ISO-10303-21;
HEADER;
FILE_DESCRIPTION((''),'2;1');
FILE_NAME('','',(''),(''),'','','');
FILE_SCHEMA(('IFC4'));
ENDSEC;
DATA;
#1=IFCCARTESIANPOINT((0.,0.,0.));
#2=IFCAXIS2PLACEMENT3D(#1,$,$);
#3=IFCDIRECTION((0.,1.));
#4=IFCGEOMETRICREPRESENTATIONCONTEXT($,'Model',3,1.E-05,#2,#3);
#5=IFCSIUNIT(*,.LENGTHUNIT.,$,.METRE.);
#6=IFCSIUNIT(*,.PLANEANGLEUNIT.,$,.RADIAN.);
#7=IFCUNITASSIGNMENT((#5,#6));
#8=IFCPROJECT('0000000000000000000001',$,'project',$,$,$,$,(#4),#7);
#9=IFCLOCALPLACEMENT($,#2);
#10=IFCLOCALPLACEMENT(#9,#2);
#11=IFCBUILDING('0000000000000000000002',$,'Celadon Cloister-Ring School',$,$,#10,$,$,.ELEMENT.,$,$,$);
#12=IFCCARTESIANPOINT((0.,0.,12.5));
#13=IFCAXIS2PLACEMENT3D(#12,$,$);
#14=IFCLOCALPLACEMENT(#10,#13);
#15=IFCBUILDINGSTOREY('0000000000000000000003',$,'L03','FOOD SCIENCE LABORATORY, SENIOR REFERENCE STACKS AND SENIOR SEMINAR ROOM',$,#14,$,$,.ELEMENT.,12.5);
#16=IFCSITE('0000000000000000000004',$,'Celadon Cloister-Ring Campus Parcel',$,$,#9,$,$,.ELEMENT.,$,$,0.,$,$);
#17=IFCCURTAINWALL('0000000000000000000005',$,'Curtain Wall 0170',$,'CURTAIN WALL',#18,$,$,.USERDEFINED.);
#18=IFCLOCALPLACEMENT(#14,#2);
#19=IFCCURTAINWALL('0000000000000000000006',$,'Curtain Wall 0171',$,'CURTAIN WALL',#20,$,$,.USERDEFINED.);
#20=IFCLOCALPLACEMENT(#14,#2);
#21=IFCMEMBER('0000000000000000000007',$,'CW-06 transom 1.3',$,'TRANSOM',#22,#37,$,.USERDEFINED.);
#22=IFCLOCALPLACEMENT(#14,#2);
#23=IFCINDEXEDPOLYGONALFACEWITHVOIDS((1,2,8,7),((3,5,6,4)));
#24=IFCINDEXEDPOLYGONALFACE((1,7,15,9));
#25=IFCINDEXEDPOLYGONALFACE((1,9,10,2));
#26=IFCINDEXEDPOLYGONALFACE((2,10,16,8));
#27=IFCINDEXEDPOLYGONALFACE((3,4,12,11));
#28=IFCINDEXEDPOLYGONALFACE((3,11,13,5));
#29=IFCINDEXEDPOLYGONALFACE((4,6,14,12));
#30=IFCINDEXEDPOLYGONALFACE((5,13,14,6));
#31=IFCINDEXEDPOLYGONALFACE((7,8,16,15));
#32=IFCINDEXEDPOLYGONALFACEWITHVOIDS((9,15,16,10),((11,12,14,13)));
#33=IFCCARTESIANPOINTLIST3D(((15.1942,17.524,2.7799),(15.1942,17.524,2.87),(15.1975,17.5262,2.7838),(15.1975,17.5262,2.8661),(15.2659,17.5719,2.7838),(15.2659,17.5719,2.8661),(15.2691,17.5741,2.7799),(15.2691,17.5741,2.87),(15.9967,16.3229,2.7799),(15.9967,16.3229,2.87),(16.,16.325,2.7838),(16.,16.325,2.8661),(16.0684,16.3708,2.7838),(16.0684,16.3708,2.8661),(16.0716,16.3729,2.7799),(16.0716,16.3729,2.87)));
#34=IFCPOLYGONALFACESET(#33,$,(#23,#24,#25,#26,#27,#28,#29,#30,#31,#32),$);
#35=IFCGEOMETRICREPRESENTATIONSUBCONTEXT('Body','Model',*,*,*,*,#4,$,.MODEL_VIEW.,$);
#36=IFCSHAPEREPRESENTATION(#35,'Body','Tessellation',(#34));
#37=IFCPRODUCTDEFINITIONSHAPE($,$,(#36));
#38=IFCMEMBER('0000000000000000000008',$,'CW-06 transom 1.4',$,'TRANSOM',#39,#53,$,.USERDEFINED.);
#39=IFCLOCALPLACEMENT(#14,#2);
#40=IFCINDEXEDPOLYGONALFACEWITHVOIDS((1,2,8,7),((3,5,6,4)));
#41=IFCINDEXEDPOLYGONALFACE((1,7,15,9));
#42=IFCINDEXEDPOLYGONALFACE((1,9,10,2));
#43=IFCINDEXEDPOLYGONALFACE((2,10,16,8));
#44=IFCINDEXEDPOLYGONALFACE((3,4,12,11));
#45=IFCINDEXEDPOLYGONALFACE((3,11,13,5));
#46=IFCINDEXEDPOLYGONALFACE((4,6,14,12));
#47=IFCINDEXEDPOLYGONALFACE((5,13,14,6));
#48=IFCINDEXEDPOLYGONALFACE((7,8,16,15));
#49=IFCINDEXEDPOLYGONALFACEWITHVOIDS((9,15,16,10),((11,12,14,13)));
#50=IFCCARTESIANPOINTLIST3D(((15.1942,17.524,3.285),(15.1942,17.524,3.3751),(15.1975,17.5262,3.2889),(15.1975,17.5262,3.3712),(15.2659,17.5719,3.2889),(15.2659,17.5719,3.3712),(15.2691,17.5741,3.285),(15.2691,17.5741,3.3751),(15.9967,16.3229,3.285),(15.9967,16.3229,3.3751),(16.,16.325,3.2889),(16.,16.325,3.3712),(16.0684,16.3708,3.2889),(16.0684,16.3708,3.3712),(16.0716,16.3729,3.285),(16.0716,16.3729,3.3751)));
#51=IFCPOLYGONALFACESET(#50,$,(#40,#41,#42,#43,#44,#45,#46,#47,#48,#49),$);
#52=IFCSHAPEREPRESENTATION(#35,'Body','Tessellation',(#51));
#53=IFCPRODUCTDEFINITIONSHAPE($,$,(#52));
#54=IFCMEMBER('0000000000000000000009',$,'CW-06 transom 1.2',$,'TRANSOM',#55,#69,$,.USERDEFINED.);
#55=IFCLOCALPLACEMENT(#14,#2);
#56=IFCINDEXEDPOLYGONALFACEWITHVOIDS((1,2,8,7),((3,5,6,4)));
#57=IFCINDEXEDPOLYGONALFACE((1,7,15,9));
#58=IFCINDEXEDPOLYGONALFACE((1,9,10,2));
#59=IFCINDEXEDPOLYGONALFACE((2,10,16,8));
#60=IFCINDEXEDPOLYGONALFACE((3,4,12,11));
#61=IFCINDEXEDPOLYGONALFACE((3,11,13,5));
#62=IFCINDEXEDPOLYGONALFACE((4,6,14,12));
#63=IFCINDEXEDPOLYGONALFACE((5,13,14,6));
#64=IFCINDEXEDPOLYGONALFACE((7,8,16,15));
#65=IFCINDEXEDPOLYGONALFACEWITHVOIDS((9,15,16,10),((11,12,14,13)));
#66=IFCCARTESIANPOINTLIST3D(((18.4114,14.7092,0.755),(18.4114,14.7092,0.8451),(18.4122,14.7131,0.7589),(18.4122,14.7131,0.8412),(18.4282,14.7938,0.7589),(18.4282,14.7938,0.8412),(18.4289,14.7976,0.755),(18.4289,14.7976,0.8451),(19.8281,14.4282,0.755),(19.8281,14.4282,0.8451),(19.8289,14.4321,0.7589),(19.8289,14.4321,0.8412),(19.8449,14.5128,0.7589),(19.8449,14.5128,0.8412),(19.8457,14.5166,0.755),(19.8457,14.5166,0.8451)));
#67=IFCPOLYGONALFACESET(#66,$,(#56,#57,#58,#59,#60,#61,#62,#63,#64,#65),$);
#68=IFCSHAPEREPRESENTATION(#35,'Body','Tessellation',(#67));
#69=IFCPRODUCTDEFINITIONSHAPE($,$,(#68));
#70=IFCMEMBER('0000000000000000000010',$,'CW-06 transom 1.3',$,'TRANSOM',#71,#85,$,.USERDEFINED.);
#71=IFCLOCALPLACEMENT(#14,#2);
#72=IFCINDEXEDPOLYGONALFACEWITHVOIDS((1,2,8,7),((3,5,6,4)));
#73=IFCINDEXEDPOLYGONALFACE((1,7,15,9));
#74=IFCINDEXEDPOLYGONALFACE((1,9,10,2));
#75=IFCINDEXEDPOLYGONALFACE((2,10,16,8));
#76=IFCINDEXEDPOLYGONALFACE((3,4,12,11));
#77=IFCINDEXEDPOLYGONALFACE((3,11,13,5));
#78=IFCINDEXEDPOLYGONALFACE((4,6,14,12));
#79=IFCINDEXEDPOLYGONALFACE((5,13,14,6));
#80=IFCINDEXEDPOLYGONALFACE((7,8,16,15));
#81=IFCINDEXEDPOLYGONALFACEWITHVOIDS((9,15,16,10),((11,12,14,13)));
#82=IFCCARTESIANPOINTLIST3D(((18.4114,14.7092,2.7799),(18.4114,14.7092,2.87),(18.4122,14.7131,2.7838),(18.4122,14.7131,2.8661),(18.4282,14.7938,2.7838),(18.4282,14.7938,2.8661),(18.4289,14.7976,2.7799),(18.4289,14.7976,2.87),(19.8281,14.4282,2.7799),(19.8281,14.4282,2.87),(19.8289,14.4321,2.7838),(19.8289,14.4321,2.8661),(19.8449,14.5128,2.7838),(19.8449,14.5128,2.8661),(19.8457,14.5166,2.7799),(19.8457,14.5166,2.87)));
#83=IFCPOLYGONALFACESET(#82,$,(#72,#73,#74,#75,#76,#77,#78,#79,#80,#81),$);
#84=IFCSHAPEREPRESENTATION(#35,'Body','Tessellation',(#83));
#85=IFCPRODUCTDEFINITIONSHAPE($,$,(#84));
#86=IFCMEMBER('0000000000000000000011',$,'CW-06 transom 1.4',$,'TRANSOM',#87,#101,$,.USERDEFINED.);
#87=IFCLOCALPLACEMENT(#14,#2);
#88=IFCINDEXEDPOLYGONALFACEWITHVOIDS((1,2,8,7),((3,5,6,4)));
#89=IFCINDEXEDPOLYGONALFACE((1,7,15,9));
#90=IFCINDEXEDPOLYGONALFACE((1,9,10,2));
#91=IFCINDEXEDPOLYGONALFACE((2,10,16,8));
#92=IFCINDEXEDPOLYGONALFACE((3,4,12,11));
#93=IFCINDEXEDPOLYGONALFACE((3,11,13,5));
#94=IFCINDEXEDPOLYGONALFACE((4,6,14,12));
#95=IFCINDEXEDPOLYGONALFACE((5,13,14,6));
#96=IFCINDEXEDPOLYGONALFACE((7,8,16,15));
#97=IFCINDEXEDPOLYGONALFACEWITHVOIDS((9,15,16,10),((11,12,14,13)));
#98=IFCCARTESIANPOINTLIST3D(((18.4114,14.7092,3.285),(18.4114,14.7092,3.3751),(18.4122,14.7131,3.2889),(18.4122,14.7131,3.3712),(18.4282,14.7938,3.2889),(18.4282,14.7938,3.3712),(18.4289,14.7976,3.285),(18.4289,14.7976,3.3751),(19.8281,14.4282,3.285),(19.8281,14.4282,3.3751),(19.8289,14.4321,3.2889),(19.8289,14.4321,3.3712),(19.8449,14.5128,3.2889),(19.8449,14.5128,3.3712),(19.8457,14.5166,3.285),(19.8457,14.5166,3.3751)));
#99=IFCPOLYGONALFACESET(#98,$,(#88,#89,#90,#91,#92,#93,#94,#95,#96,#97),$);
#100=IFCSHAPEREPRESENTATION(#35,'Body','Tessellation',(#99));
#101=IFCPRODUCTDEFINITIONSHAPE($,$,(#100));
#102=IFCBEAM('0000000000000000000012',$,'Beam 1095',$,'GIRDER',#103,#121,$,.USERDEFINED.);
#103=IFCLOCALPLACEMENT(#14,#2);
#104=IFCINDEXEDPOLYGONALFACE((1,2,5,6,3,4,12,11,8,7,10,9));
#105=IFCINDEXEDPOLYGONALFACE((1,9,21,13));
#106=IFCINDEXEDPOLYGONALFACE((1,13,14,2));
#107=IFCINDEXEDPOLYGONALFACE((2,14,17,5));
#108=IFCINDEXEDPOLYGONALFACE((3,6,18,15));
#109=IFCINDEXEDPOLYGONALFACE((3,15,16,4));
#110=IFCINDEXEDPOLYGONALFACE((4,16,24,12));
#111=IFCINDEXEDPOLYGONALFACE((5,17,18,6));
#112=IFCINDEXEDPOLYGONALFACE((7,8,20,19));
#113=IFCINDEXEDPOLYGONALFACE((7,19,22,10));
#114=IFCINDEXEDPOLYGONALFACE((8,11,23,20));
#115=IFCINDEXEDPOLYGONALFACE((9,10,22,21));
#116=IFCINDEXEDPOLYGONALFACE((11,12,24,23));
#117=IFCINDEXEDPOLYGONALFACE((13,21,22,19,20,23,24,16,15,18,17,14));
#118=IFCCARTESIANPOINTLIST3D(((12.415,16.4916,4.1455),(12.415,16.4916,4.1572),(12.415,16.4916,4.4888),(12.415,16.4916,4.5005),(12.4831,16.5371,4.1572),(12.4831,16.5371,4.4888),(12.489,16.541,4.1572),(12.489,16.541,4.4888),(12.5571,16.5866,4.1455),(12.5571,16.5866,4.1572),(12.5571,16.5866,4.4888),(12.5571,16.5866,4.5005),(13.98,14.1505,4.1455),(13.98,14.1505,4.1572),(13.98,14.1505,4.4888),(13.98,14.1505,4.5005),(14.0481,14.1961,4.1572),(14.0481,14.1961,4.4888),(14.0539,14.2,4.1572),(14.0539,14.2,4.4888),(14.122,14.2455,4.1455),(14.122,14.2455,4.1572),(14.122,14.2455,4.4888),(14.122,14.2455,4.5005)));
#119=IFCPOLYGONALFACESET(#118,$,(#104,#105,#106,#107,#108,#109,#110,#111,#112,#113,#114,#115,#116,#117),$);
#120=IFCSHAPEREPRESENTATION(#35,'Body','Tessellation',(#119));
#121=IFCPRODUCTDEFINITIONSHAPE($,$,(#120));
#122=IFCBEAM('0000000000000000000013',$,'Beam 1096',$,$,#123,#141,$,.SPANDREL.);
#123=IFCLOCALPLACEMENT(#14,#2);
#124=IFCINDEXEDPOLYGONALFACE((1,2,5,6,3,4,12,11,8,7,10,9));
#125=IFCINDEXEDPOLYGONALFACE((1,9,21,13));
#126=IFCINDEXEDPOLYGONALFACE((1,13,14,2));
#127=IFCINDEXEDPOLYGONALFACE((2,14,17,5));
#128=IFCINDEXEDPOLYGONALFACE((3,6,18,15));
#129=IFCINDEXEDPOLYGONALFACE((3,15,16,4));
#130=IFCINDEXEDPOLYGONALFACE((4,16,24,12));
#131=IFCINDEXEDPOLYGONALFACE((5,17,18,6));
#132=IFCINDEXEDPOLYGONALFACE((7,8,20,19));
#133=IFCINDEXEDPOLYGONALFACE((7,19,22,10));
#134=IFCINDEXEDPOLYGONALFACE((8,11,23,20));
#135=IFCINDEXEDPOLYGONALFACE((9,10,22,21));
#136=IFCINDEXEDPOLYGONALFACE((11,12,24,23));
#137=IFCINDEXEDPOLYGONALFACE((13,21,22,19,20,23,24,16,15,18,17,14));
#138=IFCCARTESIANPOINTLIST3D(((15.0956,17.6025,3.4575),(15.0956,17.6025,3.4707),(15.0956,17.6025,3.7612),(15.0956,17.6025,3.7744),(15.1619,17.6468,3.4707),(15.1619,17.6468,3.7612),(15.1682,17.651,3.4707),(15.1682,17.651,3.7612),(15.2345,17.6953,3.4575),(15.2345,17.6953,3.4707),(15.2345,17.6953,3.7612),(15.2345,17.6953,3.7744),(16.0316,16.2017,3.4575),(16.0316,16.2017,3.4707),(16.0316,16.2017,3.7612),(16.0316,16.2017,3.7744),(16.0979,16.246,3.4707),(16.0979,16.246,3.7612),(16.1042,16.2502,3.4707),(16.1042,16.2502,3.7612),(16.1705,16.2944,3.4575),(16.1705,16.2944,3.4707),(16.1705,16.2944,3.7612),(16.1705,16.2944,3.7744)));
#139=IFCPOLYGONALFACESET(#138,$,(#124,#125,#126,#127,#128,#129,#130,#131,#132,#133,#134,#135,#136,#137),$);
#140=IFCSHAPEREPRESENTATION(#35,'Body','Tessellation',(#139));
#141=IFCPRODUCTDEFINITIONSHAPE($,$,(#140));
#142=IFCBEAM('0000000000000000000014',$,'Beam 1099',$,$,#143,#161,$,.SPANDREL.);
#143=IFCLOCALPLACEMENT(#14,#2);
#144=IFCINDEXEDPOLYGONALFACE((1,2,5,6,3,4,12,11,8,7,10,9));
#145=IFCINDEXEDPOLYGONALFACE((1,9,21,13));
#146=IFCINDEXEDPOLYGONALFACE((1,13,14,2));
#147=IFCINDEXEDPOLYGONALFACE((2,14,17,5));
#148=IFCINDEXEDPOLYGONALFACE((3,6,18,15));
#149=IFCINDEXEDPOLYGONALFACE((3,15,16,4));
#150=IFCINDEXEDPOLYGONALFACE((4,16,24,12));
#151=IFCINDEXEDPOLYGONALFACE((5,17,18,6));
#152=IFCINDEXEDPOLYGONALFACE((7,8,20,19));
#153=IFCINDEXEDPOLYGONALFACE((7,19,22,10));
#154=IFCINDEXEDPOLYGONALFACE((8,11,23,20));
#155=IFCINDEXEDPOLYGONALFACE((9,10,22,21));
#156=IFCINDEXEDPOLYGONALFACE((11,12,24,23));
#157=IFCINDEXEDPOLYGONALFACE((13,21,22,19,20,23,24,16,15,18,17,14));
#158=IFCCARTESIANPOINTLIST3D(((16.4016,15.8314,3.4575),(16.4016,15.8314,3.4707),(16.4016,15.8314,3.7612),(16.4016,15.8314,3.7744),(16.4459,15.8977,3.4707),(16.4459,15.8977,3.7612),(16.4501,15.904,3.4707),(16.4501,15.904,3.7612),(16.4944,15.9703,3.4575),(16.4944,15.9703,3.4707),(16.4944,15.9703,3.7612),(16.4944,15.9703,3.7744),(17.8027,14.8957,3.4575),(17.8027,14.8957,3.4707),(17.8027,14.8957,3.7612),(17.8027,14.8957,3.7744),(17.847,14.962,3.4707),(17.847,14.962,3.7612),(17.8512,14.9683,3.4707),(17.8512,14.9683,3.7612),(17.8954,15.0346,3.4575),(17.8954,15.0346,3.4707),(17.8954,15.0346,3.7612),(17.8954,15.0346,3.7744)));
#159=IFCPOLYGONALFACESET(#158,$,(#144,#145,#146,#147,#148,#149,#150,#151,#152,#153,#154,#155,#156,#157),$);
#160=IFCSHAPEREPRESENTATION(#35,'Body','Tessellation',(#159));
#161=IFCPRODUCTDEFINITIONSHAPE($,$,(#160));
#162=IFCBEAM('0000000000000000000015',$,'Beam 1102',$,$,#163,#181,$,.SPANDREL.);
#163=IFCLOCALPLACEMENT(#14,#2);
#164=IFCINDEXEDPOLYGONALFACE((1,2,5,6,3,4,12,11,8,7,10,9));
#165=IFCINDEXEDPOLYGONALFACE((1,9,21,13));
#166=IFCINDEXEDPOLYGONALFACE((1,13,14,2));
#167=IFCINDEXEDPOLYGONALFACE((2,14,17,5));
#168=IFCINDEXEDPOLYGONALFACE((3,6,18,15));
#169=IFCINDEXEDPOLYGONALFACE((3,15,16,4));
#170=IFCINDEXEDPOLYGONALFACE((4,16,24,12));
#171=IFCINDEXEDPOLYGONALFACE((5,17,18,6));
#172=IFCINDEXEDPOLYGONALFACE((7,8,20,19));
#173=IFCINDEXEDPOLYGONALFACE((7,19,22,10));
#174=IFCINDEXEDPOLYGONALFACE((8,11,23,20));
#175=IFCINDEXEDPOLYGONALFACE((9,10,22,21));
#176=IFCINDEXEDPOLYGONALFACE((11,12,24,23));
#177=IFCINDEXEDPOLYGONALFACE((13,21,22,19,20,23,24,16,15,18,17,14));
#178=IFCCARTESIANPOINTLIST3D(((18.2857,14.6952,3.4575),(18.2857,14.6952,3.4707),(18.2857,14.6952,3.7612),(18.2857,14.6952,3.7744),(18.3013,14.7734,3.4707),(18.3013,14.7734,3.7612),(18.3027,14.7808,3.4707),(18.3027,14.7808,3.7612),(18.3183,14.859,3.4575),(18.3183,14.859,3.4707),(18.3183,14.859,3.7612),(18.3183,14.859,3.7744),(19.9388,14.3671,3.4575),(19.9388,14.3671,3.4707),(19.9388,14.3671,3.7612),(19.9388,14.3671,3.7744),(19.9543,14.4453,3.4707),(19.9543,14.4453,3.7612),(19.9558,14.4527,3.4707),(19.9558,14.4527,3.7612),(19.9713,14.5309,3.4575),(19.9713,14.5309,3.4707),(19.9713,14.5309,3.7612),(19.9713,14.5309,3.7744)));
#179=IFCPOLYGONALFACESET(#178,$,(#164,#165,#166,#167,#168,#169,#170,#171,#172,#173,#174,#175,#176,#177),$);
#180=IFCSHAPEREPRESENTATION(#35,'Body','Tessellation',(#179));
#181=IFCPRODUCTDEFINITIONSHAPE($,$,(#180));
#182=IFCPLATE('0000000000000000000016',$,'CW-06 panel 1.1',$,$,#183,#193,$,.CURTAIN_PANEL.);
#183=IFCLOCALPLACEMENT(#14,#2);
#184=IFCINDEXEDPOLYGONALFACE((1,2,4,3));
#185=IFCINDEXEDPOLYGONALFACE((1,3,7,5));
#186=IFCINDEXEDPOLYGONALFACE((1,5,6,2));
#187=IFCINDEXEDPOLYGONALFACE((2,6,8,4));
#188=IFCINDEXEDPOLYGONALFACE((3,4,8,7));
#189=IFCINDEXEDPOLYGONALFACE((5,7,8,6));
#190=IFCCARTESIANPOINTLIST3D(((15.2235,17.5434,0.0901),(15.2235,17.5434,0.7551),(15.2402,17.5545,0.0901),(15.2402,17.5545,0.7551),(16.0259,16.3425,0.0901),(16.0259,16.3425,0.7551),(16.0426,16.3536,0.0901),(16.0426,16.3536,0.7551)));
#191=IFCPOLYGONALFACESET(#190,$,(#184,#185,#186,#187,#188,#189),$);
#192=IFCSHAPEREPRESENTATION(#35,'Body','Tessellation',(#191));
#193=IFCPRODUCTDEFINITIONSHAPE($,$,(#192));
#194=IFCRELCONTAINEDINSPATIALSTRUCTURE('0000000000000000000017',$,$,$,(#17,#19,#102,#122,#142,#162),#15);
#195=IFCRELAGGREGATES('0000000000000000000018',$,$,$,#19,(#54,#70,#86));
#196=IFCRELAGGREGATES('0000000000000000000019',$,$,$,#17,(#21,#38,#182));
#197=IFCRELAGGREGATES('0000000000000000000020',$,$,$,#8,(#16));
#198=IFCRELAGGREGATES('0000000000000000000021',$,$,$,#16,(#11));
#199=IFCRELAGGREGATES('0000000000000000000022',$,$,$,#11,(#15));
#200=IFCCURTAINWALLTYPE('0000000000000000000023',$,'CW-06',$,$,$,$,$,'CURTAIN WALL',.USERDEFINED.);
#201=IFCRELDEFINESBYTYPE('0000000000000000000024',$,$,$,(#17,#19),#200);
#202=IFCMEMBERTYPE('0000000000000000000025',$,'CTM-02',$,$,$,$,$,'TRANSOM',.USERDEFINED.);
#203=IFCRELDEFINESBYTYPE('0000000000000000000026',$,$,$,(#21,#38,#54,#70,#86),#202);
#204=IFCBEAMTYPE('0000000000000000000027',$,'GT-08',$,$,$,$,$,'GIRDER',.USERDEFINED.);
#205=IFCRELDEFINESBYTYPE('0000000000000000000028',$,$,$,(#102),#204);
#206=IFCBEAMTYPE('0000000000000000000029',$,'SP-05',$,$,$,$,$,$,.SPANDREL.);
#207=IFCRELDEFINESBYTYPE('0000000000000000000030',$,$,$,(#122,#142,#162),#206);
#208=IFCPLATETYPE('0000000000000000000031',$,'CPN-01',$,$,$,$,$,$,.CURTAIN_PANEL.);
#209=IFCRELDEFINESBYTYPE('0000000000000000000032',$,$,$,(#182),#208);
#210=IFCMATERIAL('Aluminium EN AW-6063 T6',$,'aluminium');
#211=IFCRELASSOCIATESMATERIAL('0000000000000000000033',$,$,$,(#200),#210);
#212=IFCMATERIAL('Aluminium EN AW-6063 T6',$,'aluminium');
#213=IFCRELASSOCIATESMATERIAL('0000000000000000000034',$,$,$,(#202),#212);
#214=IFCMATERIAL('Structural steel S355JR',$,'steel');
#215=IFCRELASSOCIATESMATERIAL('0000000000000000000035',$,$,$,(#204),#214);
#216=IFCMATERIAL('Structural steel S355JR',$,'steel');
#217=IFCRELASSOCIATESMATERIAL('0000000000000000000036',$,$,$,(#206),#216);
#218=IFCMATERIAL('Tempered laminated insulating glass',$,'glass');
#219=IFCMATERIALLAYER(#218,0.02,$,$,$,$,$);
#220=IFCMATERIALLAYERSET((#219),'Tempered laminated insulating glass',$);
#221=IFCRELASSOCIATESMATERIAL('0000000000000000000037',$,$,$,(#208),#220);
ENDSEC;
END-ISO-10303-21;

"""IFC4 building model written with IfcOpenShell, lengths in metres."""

from ifc_helpers import new_model, si_unit, direction, frame, origin, origin_2d, place, context, subcontext, project, spatial, rectangle, hollow_rectangle, i_section, extrude, material, layer, layer_set, material_profile, profile_set, type_object, element, aggregate, save


model = new_model("IFC4")

# Units and contexts
model_context = context("Model", 3, precision=1e-05, world=origin(), true_north=direction((0.0, 1.0)))
body_context = subcontext(model_context, "Body", "Model", "MODEL_VIEW")
ifc_project = project(units=[si_unit("LENGTHUNIT", "METRE"), si_unit("PLANEANGLEUNIT", "RADIAN")], contexts=[model_context])

# Site, building, storey
site_placement = place(None, origin())
site = spatial("IfcSite", under=ifc_project, at=site_placement, Name="Celadon Cloister-Ring Campus Parcel", CompositionType="ELEMENT", RefElevation=0.0)
building_placement = place(site_placement, origin())
building = spatial("IfcBuilding", under=site, at=building_placement, Name="Celadon Cloister-Ring School", CompositionType="ELEMENT")
storey_placement = place(building_placement, frame((0.0, 0.0, 12.5)))
storey = spatial("IfcBuildingStorey", under=building, at=storey_placement, Name="L03", Description="FOOD SCIENCE LABORATORY, SENIOR REFERENCE STACKS AND SENIOR SEMINAR ROOM", CompositionType="ELEMENT", Elevation=12.5)

# Curtain wall
ifc_material_1 = material(Name="Aluminium EN AW-6063 T6", Category="aluminium")
curtain_wall_type = type_object("IfcCurtainWallType", Name="CW-06", ElementType="CURTAIN WALL", PredefinedType="USERDEFINED", material=ifc_material_1)
curtain_wall_1_placement = place(storey_placement, origin())
curtain_wall_1 = element("IfcCurtainWall", 1, at=curtain_wall_1_placement, inside=storey, type_object=curtain_wall_type, Name="Curtain Wall 0170", ObjectType="CURTAIN WALL", PredefinedType="USERDEFINED")

# Curtain wall
curtain_wall_2_placement = place(storey_placement, origin())
curtain_wall_2 = element("IfcCurtainWall", 2, at=curtain_wall_2_placement, inside=storey, type_object=curtain_wall_type, Name="Curtain Wall 0171", ObjectType="CURTAIN WALL", PredefinedType="USERDEFINED")

# Members
ifc_material_2 = material(Name="Aluminium EN AW-6063 T6", Category="aluminium")
ifc_material_profile_1 = material_profile(ifc_material_2, hollow_rectangle(XDim=0.0901, YDim=0.0901, WallThickness=0.0039, at=origin_2d()), Name="RHS90X90X4")
ifc_profile_set_1 = profile_set([ifc_material_profile_1], Name="Aluminium EN AW-6063 T6")
member_type_1 = type_object("IfcMemberType", Name="CTM-02", ElementType="TRANSOM", PredefinedType="USERDEFINED", material=ifc_profile_set_1)
member_1_placement = place(storey_placement, frame((15.2317, 17.5491, 2.825), z_axis=(0.555519, -0.831504, 0.0), x_axis=(0.831504, 0.555519, 0.0)))
member_1 = element("IfcMember", 3, at=member_1_placement, type_object=member_type_1, Name="CW-06 transom 1.3", ObjectType="TRANSOM", PredefinedType="USERDEFINED", context=body_context, shape_type="SweptSolid", body=[
    extrude(hollow_rectangle(XDim=0.0901, YDim=0.0901, WallThickness=0.0039, at=origin_2d()), origin(), (0.0, 0.0, 1.0), 1.4446),
])
member_2_placement = place(storey_placement, frame((15.2317, 17.5491, 3.3301), z_axis=(0.555519, -0.831504, 0.0), x_axis=(0.831504, 0.555519, 0.0)))
member_2 = element("IfcMember", 4, at=member_2_placement, type_object=member_type_1, Name="CW-06 transom 1.4", ObjectType="TRANSOM", PredefinedType="USERDEFINED", context=body_context, shape_type="SweptSolid", body=[
    extrude(hollow_rectangle(XDim=0.0901, YDim=0.0901, WallThickness=0.0039, at=origin_2d()), origin(), (0.0, 0.0, 1.0), 1.4446),
])
member_3_placement = place(storey_placement, frame((18.4202, 14.7534, 0.8), z_axis=(0.980891, -0.194556, 0.0), x_axis=(0.194556, 0.980891, 0.0)))
member_3 = element("IfcMember", 5, at=member_3_placement, type_object=member_type_1, Name="CW-06 transom 1.2", ObjectType="TRANSOM", PredefinedType="USERDEFINED", context=body_context, shape_type="SweptSolid", body=[
    extrude(hollow_rectangle(XDim=0.0901, YDim=0.0901, WallThickness=0.0039, at=origin_2d()), origin(), (0.0, 0.0, 1.0), 1.4443),
])
member_4_placement = place(storey_placement, frame((18.4202, 14.7534, 2.825), z_axis=(0.980891, -0.194556, 0.0), x_axis=(0.194556, 0.980891, 0.0)))
member_4 = element("IfcMember", 6, at=member_4_placement, type_object=member_type_1, Name="CW-06 transom 1.3", ObjectType="TRANSOM", PredefinedType="USERDEFINED", context=body_context, shape_type="SweptSolid", body=[
    extrude(hollow_rectangle(XDim=0.0901, YDim=0.0901, WallThickness=0.0039, at=origin_2d()), origin(), (0.0, 0.0, 1.0), 1.4443),
])
member_5_placement = place(storey_placement, frame((18.4202, 14.7534, 3.3301), z_axis=(0.980891, -0.194556, 0.0), x_axis=(0.194556, 0.980891, 0.0)))
member_5 = element("IfcMember", 7, at=member_5_placement, type_object=member_type_1, Name="CW-06 transom 1.4", ObjectType="TRANSOM", PredefinedType="USERDEFINED", context=body_context, shape_type="SweptSolid", body=[
    extrude(hollow_rectangle(XDim=0.0901, YDim=0.0901, WallThickness=0.0039, at=origin_2d()), origin(), (0.0, 0.0, 1.0), 1.4443),
])
aggregate(curtain_wall_2, [member_3, member_4, member_5])

# Beams
ifc_material_3 = material(Name="Structural steel S355JR", Category="steel")
ifc_material_profile_2 = material_profile(ifc_material_3, i_section(OverallWidth=0.1709, OverallDepth=0.355, WebThickness=0.0071, FlangeThickness=0.0117, at=origin_2d()), Name="W360X51")
ifc_profile_set_2 = profile_set([ifc_material_profile_2], Name="Structural steel S355JR")
beam_type_1 = type_object("IfcBeamType", Name="GT-08", ElementType="GIRDER", PredefinedType="USERDEFINED", material=ifc_profile_set_2)
beam_1_placement = place(storey_placement, frame((12.4861, 16.5391, 4.323), z_axis=(0.55574, -0.831356, 0.0), x_axis=(0.831356, 0.55574, 0.0)))
element("IfcBeam", 8, at=beam_1_placement, inside=storey, type_object=beam_type_1, Name="Beam 1095", ObjectType="GIRDER", PredefinedType="USERDEFINED", context=body_context, shape_type="SweptSolid", body=[
    extrude(i_section(OverallWidth=0.1709, OverallDepth=0.355, WebThickness=0.0071, FlangeThickness=0.0117, at=origin_2d()), origin(), (0.0, 0.0, 1.0), 2.8159),
])
ifc_material_4 = material(Name="Structural steel S355JR", Category="steel")
ifc_material_profile_3 = material_profile(ifc_material_4, i_section(OverallWidth=0.167, OverallDepth=0.3169, WebThickness=0.0076, FlangeThickness=0.0132, at=origin_2d()), Name="W310X52")
ifc_profile_set_3 = profile_set([ifc_material_profile_3], Name="Structural steel S355JR")
beam_type_2 = type_object("IfcBeamType", Name="SP-05", PredefinedType="SPANDREL", material=ifc_profile_set_3)
for number, where, z_axis, x_axis, name in (
    (9, (15.165, 17.6489, 3.616), (0.555569, -0.83147, 0.0), (0.83147, 0.555569, 0.0), "Beam 1096"),
    (10, (16.448, 15.9009, 3.616), (0.831582, -0.555402, 0.0), (0.555402, 0.831582, 0.0), "Beam 1099"),
):
    element("IfcBeam", number, at=place(storey_placement, frame(where, z_axis=z_axis, x_axis=x_axis)), inside=storey, type_object=beam_type_2, Name=name, PredefinedType="SPANDREL", context=body_context, shape_type="SweptSolid", body=[
        extrude(i_section(OverallWidth=0.167, OverallDepth=0.3169, WebThickness=0.0076, FlangeThickness=0.0132, at=origin_2d()), origin(), (0.0, 0.0, 1.0), 1.6848),
    ])
beam_2_placement = place(storey_placement, frame((18.302, 14.7771, 3.616), z_axis=(0.980864, -0.194695, 0.0), x_axis=(0.194695, 0.980864, 0.0)))
element("IfcBeam", 11, at=beam_2_placement, inside=storey, type_object=beam_type_2, Name="Beam 1102", PredefinedType="SPANDREL", context=body_context, shape_type="SweptSolid", body=[
    extrude(i_section(OverallWidth=0.167, OverallDepth=0.3169, WebThickness=0.0076, FlangeThickness=0.0132, at=origin_2d()), origin(), (0.0, 0.0, 1.0), 1.6853),
])

# Plate
ifc_material_5 = material(Name="Tempered laminated insulating glass", Category="glass")
ifc_layer_1 = layer(ifc_material_5, 0.02)
ifc_layer_set_1 = layer_set([ifc_layer_1], Name="Tempered laminated insulating glass")
plate_type = type_object("IfcPlateType", Name="CPN-01", PredefinedType="CURTAIN_PANEL", material=ifc_layer_set_1)
plate_1_placement = place(storey_placement, frame((15.6331, 16.9485, 0.0901), z_axis=(0.0, 0.0, 1.0), x_axis=(0.555547, -0.831485, 0.0)))
plate_1 = element("IfcPlate", 12, at=plate_1_placement, type_object=plate_type, Name="CW-06 panel 1.1", PredefinedType="CURTAIN_PANEL", context=body_context, shape_type="SweptSolid", body=[
    extrude(rectangle(XDim=1.4443, YDim=0.02, at=origin_2d()), origin(), (0.0, 0.0, 1.0), 0.665),
])
aggregate(curtain_wall_1, [member_1, member_2, plate_1])

save(model, "model.ifc")
